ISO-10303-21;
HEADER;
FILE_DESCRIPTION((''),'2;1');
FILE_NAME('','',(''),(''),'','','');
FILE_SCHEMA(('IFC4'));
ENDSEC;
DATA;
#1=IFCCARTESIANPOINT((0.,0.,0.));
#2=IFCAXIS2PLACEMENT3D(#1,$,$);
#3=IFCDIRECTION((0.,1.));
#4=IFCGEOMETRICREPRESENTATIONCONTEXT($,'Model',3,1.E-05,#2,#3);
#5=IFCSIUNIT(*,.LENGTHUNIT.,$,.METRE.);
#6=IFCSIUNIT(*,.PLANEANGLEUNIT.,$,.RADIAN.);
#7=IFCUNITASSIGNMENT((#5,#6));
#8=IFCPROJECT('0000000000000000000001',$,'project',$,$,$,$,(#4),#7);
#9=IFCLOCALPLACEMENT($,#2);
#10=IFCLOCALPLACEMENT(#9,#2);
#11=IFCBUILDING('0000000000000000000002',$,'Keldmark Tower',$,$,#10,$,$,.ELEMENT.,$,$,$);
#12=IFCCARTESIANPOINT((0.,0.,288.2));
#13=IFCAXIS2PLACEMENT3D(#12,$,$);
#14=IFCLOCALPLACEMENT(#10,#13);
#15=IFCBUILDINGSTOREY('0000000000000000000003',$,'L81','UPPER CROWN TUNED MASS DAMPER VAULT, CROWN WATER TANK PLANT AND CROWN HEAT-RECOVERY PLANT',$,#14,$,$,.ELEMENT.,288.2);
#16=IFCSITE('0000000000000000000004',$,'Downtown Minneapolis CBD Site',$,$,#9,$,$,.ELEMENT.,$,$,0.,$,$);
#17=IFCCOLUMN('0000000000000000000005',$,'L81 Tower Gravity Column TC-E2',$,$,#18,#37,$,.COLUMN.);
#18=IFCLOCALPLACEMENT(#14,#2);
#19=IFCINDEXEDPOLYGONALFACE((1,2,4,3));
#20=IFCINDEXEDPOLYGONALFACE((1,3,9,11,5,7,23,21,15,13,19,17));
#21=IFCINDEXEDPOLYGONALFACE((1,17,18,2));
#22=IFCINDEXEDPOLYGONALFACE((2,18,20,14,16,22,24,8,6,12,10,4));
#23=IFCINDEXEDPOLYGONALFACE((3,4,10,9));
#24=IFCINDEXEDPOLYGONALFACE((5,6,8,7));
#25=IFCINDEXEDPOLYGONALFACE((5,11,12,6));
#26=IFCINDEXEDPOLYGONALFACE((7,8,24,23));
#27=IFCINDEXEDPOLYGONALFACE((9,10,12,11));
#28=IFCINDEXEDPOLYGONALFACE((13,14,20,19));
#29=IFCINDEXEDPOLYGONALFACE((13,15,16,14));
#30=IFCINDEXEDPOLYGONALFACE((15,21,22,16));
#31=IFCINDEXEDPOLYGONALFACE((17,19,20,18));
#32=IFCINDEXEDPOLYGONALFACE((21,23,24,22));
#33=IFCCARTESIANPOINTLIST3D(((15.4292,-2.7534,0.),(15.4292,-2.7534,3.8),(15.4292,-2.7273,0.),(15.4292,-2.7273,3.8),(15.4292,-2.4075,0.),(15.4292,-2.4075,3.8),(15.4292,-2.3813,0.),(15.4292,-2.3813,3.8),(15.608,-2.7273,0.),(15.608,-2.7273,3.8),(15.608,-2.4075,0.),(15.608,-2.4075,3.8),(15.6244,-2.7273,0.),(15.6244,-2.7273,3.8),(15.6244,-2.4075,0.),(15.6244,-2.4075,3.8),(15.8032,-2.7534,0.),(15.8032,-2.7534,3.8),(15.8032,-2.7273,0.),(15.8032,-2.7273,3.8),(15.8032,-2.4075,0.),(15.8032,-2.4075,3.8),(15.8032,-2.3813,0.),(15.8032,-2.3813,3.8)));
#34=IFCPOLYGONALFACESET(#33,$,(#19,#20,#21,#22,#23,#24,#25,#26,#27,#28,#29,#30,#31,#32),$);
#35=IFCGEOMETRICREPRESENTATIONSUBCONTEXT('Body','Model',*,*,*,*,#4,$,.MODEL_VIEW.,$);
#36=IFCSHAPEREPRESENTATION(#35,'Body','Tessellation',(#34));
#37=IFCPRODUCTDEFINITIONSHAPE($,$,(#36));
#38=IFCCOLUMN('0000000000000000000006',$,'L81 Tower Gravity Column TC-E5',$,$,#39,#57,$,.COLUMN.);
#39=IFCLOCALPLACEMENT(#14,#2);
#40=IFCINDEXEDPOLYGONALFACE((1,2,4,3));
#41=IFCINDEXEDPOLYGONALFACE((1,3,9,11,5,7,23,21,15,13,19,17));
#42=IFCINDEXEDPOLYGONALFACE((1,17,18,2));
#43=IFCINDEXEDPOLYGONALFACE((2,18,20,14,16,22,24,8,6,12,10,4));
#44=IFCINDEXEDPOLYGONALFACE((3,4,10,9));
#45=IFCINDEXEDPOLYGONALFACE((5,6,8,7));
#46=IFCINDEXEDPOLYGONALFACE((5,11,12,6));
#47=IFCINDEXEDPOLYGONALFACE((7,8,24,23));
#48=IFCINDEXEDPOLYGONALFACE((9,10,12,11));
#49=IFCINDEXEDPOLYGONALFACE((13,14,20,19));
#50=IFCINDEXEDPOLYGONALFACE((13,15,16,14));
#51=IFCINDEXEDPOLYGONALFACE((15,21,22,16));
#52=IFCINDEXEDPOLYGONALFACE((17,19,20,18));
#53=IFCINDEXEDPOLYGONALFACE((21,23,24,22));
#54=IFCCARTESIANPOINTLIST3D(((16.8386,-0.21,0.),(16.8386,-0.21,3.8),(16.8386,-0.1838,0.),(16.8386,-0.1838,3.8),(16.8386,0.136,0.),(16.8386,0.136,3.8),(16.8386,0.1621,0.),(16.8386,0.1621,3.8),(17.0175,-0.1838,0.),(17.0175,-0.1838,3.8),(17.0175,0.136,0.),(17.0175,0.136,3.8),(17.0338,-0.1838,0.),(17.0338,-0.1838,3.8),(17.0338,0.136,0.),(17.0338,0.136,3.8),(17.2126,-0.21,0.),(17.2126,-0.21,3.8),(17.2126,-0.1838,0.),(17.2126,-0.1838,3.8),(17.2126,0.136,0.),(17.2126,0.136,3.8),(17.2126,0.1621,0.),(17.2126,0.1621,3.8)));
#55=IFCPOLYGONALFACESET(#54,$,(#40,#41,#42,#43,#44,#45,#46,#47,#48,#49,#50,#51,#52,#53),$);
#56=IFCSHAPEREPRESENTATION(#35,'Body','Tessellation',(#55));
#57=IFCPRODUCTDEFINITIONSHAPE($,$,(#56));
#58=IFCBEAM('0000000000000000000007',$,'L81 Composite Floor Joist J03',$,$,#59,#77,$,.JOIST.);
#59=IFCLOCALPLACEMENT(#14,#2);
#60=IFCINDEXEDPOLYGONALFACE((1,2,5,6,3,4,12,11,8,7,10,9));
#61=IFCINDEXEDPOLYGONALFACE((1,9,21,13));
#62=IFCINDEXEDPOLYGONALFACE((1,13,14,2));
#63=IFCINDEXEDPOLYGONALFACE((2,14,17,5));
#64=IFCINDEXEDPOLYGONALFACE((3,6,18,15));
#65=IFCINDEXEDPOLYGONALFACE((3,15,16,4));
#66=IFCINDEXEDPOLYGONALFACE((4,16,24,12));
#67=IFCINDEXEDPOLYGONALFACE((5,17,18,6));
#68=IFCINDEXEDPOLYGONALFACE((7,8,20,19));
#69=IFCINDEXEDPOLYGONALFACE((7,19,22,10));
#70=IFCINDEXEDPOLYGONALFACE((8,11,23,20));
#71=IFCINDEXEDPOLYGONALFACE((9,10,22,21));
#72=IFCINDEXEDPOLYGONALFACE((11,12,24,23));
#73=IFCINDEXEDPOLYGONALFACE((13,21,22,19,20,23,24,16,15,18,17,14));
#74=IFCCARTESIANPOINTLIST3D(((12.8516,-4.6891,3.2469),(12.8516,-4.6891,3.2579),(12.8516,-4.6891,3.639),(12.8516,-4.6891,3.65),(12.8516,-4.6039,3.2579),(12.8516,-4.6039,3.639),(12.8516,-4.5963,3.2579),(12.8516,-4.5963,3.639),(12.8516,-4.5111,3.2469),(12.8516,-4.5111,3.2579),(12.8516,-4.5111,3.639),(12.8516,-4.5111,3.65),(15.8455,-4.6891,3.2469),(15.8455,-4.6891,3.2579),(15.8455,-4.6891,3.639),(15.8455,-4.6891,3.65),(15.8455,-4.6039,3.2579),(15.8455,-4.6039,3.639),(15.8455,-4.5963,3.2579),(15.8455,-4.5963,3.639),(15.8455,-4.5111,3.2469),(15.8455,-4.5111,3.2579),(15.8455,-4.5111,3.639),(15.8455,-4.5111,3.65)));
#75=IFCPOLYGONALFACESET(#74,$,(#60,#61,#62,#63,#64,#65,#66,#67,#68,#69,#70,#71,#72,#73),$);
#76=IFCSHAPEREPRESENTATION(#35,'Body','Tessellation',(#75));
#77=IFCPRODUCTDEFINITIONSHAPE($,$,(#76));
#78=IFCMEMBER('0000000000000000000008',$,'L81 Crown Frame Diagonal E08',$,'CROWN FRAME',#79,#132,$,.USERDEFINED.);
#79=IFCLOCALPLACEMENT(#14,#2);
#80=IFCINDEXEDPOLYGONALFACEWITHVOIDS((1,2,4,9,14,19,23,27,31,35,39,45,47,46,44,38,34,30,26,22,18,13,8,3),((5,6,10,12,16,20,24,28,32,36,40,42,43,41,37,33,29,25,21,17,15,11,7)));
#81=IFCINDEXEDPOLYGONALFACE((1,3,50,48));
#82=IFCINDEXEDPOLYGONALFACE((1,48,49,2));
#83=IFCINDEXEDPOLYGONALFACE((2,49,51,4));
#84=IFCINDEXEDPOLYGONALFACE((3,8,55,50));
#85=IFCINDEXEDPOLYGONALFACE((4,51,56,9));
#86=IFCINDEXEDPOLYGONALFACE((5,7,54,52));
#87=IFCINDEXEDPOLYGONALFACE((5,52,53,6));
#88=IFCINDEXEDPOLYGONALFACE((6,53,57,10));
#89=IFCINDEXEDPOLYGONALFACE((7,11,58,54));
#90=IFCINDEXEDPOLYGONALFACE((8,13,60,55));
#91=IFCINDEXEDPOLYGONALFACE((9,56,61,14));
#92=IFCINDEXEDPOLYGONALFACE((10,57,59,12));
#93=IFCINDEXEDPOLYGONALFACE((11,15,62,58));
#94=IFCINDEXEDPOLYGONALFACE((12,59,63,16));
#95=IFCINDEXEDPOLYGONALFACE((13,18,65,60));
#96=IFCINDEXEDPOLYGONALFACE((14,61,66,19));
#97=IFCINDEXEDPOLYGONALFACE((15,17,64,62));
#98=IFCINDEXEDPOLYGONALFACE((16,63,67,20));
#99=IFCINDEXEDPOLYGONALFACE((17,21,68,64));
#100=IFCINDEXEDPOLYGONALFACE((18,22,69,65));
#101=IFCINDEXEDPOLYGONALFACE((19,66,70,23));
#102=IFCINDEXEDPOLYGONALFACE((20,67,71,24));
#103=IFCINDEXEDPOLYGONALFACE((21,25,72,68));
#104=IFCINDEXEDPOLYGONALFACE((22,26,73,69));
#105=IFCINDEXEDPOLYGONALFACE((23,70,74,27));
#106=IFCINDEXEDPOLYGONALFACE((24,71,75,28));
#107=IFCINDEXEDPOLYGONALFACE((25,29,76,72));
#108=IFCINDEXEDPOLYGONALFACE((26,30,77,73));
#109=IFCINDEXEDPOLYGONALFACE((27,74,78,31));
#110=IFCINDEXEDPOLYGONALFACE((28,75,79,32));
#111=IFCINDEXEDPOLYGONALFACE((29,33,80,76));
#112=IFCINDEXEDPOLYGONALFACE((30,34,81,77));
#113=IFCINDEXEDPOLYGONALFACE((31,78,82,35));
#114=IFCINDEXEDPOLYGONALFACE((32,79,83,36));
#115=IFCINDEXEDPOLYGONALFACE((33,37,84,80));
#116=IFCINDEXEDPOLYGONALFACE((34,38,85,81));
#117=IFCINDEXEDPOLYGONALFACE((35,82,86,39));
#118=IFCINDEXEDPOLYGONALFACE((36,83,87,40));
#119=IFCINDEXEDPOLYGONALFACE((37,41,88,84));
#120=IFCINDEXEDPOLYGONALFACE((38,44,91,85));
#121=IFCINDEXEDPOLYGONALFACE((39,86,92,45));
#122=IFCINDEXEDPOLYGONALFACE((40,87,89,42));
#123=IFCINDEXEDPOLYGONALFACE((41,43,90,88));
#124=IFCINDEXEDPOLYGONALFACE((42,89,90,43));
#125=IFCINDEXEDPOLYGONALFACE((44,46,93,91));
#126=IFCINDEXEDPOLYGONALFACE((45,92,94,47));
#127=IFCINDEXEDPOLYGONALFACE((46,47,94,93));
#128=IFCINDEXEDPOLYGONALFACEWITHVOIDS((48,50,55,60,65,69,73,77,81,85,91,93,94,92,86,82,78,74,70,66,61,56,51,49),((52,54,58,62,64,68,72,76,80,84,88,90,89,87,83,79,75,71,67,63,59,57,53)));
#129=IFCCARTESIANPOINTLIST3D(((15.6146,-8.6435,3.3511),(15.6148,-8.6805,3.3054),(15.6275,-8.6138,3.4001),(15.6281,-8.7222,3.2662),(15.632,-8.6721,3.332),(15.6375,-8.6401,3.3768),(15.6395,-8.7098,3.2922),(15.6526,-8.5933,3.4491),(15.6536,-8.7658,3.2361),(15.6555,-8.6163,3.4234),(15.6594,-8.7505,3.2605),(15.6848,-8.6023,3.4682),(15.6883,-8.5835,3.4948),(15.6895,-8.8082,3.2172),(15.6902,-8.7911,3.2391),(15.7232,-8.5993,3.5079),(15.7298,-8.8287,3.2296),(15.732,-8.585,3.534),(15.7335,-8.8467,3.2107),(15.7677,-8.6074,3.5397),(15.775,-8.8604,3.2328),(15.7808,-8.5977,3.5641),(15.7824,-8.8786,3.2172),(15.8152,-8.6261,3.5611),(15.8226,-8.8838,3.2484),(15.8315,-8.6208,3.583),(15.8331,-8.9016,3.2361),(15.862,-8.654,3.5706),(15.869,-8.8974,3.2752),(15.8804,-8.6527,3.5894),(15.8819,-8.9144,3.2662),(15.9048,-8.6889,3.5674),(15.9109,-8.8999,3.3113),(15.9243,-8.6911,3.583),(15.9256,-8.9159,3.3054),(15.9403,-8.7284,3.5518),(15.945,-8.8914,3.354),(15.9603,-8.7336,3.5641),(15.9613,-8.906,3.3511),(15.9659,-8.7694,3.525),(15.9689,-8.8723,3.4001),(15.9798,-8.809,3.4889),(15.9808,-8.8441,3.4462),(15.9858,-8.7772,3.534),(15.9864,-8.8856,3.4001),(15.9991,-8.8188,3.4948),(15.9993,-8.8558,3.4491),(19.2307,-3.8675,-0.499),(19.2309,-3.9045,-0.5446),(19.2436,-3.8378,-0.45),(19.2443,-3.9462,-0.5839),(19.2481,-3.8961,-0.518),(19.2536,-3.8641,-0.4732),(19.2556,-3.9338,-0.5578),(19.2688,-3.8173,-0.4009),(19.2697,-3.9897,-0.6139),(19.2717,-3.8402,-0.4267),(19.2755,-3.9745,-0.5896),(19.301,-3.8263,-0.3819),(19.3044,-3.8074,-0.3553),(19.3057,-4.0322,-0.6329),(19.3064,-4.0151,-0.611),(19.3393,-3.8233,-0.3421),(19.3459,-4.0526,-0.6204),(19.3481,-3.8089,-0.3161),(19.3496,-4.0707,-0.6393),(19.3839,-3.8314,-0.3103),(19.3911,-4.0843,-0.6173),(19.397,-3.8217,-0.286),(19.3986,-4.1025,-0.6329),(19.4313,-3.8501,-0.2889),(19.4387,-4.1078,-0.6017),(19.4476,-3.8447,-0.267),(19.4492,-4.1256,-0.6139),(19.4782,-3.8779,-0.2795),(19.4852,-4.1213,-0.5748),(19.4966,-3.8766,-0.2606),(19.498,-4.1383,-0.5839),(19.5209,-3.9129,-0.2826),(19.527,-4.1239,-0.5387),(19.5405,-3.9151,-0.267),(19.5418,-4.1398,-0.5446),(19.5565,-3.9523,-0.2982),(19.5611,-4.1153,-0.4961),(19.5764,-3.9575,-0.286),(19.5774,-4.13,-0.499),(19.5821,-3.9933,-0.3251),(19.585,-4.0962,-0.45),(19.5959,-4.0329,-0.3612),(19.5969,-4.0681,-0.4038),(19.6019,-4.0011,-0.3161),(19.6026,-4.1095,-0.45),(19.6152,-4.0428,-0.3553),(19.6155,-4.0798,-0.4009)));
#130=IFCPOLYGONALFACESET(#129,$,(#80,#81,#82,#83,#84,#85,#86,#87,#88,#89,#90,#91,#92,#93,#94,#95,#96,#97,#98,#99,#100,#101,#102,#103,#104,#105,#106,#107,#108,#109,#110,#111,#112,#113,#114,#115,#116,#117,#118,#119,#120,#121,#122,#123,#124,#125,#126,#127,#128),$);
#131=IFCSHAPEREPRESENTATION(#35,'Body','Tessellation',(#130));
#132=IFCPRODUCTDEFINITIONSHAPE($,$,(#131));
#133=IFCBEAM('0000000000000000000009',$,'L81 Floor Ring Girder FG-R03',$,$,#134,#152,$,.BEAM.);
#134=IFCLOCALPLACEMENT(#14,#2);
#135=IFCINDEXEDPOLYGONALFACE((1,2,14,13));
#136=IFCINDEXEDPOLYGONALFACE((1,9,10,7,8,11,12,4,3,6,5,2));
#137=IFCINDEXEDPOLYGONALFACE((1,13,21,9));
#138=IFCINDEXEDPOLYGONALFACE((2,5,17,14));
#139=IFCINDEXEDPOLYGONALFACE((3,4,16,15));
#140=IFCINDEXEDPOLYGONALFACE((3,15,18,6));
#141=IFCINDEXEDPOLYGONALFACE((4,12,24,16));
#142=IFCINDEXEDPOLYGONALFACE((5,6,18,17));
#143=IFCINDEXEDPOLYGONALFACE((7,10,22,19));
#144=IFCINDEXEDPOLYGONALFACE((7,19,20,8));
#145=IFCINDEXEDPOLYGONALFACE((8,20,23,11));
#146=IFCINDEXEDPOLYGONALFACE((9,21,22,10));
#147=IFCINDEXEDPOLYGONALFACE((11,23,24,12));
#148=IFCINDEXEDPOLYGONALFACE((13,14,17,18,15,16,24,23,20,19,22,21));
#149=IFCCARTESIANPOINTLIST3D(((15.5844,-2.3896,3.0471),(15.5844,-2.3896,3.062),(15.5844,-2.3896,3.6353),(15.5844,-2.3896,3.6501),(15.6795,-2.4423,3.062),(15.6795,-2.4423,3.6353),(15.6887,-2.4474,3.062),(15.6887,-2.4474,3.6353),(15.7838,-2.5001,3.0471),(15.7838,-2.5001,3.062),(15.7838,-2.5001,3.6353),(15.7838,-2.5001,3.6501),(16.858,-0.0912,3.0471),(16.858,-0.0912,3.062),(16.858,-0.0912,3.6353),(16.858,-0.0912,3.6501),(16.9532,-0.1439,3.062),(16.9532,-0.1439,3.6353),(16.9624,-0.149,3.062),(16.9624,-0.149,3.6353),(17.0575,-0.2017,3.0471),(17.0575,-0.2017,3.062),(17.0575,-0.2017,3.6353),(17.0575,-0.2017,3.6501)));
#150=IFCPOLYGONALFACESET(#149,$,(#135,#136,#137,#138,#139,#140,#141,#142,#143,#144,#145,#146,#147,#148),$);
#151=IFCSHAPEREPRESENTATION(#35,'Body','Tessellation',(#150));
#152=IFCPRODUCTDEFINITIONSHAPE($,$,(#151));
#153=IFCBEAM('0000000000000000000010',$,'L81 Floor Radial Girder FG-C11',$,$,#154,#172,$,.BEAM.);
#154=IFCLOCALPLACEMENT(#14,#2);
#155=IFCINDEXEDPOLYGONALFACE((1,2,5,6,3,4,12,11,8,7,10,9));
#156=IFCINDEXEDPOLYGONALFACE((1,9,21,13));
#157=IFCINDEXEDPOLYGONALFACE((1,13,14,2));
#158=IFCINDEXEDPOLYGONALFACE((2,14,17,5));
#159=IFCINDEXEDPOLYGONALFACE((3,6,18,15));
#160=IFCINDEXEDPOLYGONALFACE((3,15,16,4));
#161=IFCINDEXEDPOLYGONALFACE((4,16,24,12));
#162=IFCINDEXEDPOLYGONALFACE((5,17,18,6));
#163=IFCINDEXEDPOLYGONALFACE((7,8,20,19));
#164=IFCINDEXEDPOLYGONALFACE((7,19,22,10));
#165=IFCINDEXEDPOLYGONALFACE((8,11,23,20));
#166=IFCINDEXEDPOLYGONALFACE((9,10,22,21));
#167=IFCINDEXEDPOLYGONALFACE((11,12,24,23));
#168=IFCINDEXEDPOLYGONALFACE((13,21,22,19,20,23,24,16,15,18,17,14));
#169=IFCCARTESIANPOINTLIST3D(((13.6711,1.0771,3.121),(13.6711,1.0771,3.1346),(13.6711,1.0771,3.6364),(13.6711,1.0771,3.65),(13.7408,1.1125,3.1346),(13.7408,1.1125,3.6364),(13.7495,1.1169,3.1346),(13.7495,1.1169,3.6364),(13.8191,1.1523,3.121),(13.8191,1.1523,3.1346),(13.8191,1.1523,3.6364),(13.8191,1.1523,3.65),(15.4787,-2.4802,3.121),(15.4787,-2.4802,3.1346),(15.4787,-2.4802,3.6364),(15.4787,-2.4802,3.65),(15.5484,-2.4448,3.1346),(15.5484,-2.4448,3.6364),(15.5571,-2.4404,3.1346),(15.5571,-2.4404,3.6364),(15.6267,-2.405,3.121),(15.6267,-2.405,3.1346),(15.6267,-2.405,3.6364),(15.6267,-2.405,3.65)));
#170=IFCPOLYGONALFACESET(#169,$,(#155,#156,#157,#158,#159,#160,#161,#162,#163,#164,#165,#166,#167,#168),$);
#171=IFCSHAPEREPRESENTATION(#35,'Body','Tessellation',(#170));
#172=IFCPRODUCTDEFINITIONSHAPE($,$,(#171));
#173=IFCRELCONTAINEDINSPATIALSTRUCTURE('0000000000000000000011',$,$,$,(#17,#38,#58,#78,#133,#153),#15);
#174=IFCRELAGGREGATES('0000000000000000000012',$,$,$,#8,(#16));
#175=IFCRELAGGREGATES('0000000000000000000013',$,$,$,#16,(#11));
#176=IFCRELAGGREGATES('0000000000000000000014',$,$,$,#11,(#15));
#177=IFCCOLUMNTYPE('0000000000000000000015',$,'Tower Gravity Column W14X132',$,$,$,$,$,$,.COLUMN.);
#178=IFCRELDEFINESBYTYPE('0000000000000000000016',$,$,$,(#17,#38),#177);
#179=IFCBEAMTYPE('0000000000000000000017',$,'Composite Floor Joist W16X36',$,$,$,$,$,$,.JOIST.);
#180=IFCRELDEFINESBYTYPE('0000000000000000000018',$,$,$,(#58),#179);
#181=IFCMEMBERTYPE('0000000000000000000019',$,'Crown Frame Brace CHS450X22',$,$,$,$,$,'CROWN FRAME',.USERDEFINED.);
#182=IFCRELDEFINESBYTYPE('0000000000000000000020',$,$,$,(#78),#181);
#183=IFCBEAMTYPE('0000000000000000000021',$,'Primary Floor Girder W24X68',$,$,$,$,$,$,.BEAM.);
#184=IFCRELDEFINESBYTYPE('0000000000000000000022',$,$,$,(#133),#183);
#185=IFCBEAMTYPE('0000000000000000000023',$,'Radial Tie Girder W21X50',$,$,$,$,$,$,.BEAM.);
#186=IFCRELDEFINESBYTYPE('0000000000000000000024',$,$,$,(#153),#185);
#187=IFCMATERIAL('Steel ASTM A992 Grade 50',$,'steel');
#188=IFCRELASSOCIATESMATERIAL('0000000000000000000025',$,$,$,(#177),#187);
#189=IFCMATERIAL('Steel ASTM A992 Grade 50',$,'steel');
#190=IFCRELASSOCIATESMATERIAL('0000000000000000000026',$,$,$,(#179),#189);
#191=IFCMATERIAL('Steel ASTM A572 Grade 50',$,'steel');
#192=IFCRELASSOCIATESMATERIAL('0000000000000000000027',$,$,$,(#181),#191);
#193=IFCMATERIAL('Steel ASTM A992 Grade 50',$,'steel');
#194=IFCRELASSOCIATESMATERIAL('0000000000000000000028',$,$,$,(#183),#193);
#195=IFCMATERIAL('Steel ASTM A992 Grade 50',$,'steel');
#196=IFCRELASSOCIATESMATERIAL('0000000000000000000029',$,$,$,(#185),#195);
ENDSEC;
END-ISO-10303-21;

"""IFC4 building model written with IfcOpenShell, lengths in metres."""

from ifc_helpers import new_model, si_unit, direction, frame, origin, origin_2d, place, context, subcontext, project, spatial, hollow_circle, i_section, extrude, material, material_profile, profile_set, type_object, element, save


model = new_model("IFC4")

# Units and contexts
model_context = context("Model", 3, precision=1e-05, world=origin(), true_north=direction((0.0, 1.0)))
body_context = subcontext(model_context, "Body", "Model", "MODEL_VIEW")
ifc_project = project(units=[si_unit("LENGTHUNIT", "METRE"), si_unit("PLANEANGLEUNIT", "RADIAN")], contexts=[model_context])

# Site, building, storey
site_placement = place(None, origin())
site = spatial("IfcSite", under=ifc_project, at=site_placement, Name="Downtown Minneapolis CBD Site", CompositionType="ELEMENT", RefElevation=0.0)
building_placement = place(site_placement, origin())
building = spatial("IfcBuilding", under=site, at=building_placement, Name="Keldmark Tower", CompositionType="ELEMENT")
storey_placement = place(building_placement, frame((0.0, 0.0, 288.2)))
storey = spatial("IfcBuildingStorey", under=building, at=storey_placement, Name="L81", Description="UPPER CROWN TUNED MASS DAMPER VAULT, CROWN WATER TANK PLANT AND CROWN HEAT-RECOVERY PLANT", CompositionType="ELEMENT", Elevation=288.2)

# Columns
ifc_material_1 = material(Name="Steel ASTM A992 Grade 50", Category="steel")
ifc_material_profile_1 = material_profile(ifc_material_1, i_section(OverallWidth=0.374, OverallDepth=0.3721, WebThickness=0.0164, FlangeThickness=0.0261, at=origin_2d()), Name="W14X132")
ifc_profile_set_1 = profile_set([ifc_material_profile_1], Name="Steel ASTM A992 Grade 50")
column_type = type_object("IfcColumnType", Name="Tower Gravity Column W14X132", PredefinedType="COLUMN", material=ifc_profile_set_1)
for number, where, z_axis, x_axis, name in (
    (1, (15.6162, -2.5674, 0.0), (0.0, 0.0, 1.0), (1.0, 0.0, 0.0), "L81 Tower Gravity Column TC-E2"),
    (2, (17.0256, -0.0239, 0.0), (0.0, 0.0, 1.0), (1.0, 0.0, 0.0), "L81 Tower Gravity Column TC-E5"),
):
    element("IfcColumn", number, at=place(storey_placement, frame(where, z_axis=z_axis, x_axis=x_axis)), inside=storey, type_object=column_type, Name=name, PredefinedType="COLUMN", context=body_context, shape_type="SweptSolid", body=[
        extrude(i_section(OverallWidth=0.374, OverallDepth=0.3721, WebThickness=0.0164, FlangeThickness=0.0261, at=origin_2d()), origin(), (0.0, 0.0, 1.0), 3.8),
    ])

# Beam
ifc_material_2 = material(Name="Steel ASTM A992 Grade 50", Category="steel")
ifc_material_profile_2 = material_profile(ifc_material_2, i_section(OverallWidth=0.178, OverallDepth=0.4031, WebThickness=0.0076, FlangeThickness=0.011, at=origin_2d()), Name="W16X36")
ifc_profile_set_2 = profile_set([ifc_material_profile_2], Name="Steel ASTM A992 Grade 50")
beam_type_1 = type_object("IfcBeamType", Name="Composite Floor Joist W16X36", PredefinedType="JOIST", material=ifc_profile_set_2)
beam_1_placement = place(storey_placement, frame((12.8516, -4.6001, 3.4485), z_axis=(1.0, 0.0, 0.0), x_axis=(0.0, 1.0, 0.0)))
element("IfcBeam", 3, at=beam_1_placement, inside=storey, type_object=beam_type_1, Name="L81 Composite Floor Joist J03", PredefinedType="JOIST", context=body_context, shape_type="SweptSolid", body=[
    extrude(i_section(OverallWidth=0.178, OverallDepth=0.4031, WebThickness=0.0076, FlangeThickness=0.011, at=origin_2d()), origin(), (0.0, 0.0, 1.0), 2.9939),
])

# Member
ifc_material_3 = material(Name="Steel ASTM A572 Grade 50", Category="steel")
ifc_material_profile_3 = material_profile(ifc_material_3, hollow_circle(Radius=0.2251, WallThickness=0.022, at=origin_2d()), Name="CHS450X22")
ifc_profile_set_3 = profile_set([ifc_material_profile_3], Name="Steel ASTM A572 Grade 50")
member_type = type_object("IfcMemberType", Name="Crown Frame Brace CHS450X22", ElementType="CROWN FRAME", PredefinedType="USERDEFINED", material=ifc_profile_set_3)
member_placement = place(storey_placement, frame((19.4231, -3.9736, -0.45), z_axis=(-0.507809, -0.67069, 0.540652), x_axis=(0.797258, -0.603639, 0.0)))
element("IfcMember", 4, at=member_placement, inside=storey, type_object=member_type, Name="L81 Crown Frame Diagonal E08", ObjectType="CROWN FRAME", PredefinedType="USERDEFINED", context=body_context, shape_type="SweptSolid", body=[
    extrude(hollow_circle(Radius=0.2251, WallThickness=0.022, at=origin_2d()), origin(), (0.0, 0.0, 1.0), 7.1211),
])

# Beams
ifc_material_4 = material(Name="Steel ASTM A992 Grade 50", Category="steel")
ifc_material_profile_4 = material_profile(ifc_material_4, i_section(OverallWidth=0.228, OverallDepth=0.603, WebThickness=0.0105, FlangeThickness=0.0149, at=origin_2d()), Name="W24X68")
ifc_profile_set_4 = profile_set([ifc_material_profile_4], Name="Steel ASTM A992 Grade 50")
beam_type_2 = type_object("IfcBeamType", Name="Primary Floor Girder W24X68", PredefinedType="BEAM", material=ifc_profile_set_4)
beam_2_placement = place(storey_placement, frame((15.6841, -2.4448, 3.3486), z_axis=(0.48472, 0.87467, 0.0), x_axis=(-0.87467, 0.48472, 0.0)))
element("IfcBeam", 5, at=beam_2_placement, inside=storey, type_object=beam_type_2, Name="L81 Floor Ring Girder FG-R03", PredefinedType="BEAM", context=body_context, shape_type="SweptSolid", body=[
    extrude(i_section(OverallWidth=0.228, OverallDepth=0.603, WebThickness=0.0105, FlangeThickness=0.0149, at=origin_2d()), origin(), (0.0, 0.0, 1.0), 2.6277),
])
ifc_material_5 = material(Name="Steel ASTM A992 Grade 50", Category="steel")
ifc_material_profile_5 = material_profile(ifc_material_5, i_section(OverallWidth=0.166, OverallDepth=0.5291, WebThickness=0.0098, FlangeThickness=0.0137, at=origin_2d()), Name="W21X50")
ifc_profile_set_5 = profile_set([ifc_material_profile_5], Name="Steel ASTM A992 Grade 50")
beam_type_3 = type_object("IfcBeamType", Name="Radial Tie Girder W21X50", PredefinedType="BEAM", material=ifc_profile_set_5)
beam_3_placement = place(storey_placement, frame((15.5527, -2.4426, 3.3855), z_axis=(-0.453004, 0.891508, 0.0), x_axis=(-0.891508, -0.453004, 0.0)))
element("IfcBeam", 6, at=beam_3_placement, inside=storey, type_object=beam_type_3, Name="L81 Floor Radial Girder FG-C11", PredefinedType="BEAM", context=body_context, shape_type="SweptSolid", body=[
    extrude(i_section(OverallWidth=0.166, OverallDepth=0.5291, WebThickness=0.0098, FlangeThickness=0.0137, at=origin_2d()), origin(), (0.0, 0.0, 1.0), 3.9902),
])

save(model, "model.ifc")
